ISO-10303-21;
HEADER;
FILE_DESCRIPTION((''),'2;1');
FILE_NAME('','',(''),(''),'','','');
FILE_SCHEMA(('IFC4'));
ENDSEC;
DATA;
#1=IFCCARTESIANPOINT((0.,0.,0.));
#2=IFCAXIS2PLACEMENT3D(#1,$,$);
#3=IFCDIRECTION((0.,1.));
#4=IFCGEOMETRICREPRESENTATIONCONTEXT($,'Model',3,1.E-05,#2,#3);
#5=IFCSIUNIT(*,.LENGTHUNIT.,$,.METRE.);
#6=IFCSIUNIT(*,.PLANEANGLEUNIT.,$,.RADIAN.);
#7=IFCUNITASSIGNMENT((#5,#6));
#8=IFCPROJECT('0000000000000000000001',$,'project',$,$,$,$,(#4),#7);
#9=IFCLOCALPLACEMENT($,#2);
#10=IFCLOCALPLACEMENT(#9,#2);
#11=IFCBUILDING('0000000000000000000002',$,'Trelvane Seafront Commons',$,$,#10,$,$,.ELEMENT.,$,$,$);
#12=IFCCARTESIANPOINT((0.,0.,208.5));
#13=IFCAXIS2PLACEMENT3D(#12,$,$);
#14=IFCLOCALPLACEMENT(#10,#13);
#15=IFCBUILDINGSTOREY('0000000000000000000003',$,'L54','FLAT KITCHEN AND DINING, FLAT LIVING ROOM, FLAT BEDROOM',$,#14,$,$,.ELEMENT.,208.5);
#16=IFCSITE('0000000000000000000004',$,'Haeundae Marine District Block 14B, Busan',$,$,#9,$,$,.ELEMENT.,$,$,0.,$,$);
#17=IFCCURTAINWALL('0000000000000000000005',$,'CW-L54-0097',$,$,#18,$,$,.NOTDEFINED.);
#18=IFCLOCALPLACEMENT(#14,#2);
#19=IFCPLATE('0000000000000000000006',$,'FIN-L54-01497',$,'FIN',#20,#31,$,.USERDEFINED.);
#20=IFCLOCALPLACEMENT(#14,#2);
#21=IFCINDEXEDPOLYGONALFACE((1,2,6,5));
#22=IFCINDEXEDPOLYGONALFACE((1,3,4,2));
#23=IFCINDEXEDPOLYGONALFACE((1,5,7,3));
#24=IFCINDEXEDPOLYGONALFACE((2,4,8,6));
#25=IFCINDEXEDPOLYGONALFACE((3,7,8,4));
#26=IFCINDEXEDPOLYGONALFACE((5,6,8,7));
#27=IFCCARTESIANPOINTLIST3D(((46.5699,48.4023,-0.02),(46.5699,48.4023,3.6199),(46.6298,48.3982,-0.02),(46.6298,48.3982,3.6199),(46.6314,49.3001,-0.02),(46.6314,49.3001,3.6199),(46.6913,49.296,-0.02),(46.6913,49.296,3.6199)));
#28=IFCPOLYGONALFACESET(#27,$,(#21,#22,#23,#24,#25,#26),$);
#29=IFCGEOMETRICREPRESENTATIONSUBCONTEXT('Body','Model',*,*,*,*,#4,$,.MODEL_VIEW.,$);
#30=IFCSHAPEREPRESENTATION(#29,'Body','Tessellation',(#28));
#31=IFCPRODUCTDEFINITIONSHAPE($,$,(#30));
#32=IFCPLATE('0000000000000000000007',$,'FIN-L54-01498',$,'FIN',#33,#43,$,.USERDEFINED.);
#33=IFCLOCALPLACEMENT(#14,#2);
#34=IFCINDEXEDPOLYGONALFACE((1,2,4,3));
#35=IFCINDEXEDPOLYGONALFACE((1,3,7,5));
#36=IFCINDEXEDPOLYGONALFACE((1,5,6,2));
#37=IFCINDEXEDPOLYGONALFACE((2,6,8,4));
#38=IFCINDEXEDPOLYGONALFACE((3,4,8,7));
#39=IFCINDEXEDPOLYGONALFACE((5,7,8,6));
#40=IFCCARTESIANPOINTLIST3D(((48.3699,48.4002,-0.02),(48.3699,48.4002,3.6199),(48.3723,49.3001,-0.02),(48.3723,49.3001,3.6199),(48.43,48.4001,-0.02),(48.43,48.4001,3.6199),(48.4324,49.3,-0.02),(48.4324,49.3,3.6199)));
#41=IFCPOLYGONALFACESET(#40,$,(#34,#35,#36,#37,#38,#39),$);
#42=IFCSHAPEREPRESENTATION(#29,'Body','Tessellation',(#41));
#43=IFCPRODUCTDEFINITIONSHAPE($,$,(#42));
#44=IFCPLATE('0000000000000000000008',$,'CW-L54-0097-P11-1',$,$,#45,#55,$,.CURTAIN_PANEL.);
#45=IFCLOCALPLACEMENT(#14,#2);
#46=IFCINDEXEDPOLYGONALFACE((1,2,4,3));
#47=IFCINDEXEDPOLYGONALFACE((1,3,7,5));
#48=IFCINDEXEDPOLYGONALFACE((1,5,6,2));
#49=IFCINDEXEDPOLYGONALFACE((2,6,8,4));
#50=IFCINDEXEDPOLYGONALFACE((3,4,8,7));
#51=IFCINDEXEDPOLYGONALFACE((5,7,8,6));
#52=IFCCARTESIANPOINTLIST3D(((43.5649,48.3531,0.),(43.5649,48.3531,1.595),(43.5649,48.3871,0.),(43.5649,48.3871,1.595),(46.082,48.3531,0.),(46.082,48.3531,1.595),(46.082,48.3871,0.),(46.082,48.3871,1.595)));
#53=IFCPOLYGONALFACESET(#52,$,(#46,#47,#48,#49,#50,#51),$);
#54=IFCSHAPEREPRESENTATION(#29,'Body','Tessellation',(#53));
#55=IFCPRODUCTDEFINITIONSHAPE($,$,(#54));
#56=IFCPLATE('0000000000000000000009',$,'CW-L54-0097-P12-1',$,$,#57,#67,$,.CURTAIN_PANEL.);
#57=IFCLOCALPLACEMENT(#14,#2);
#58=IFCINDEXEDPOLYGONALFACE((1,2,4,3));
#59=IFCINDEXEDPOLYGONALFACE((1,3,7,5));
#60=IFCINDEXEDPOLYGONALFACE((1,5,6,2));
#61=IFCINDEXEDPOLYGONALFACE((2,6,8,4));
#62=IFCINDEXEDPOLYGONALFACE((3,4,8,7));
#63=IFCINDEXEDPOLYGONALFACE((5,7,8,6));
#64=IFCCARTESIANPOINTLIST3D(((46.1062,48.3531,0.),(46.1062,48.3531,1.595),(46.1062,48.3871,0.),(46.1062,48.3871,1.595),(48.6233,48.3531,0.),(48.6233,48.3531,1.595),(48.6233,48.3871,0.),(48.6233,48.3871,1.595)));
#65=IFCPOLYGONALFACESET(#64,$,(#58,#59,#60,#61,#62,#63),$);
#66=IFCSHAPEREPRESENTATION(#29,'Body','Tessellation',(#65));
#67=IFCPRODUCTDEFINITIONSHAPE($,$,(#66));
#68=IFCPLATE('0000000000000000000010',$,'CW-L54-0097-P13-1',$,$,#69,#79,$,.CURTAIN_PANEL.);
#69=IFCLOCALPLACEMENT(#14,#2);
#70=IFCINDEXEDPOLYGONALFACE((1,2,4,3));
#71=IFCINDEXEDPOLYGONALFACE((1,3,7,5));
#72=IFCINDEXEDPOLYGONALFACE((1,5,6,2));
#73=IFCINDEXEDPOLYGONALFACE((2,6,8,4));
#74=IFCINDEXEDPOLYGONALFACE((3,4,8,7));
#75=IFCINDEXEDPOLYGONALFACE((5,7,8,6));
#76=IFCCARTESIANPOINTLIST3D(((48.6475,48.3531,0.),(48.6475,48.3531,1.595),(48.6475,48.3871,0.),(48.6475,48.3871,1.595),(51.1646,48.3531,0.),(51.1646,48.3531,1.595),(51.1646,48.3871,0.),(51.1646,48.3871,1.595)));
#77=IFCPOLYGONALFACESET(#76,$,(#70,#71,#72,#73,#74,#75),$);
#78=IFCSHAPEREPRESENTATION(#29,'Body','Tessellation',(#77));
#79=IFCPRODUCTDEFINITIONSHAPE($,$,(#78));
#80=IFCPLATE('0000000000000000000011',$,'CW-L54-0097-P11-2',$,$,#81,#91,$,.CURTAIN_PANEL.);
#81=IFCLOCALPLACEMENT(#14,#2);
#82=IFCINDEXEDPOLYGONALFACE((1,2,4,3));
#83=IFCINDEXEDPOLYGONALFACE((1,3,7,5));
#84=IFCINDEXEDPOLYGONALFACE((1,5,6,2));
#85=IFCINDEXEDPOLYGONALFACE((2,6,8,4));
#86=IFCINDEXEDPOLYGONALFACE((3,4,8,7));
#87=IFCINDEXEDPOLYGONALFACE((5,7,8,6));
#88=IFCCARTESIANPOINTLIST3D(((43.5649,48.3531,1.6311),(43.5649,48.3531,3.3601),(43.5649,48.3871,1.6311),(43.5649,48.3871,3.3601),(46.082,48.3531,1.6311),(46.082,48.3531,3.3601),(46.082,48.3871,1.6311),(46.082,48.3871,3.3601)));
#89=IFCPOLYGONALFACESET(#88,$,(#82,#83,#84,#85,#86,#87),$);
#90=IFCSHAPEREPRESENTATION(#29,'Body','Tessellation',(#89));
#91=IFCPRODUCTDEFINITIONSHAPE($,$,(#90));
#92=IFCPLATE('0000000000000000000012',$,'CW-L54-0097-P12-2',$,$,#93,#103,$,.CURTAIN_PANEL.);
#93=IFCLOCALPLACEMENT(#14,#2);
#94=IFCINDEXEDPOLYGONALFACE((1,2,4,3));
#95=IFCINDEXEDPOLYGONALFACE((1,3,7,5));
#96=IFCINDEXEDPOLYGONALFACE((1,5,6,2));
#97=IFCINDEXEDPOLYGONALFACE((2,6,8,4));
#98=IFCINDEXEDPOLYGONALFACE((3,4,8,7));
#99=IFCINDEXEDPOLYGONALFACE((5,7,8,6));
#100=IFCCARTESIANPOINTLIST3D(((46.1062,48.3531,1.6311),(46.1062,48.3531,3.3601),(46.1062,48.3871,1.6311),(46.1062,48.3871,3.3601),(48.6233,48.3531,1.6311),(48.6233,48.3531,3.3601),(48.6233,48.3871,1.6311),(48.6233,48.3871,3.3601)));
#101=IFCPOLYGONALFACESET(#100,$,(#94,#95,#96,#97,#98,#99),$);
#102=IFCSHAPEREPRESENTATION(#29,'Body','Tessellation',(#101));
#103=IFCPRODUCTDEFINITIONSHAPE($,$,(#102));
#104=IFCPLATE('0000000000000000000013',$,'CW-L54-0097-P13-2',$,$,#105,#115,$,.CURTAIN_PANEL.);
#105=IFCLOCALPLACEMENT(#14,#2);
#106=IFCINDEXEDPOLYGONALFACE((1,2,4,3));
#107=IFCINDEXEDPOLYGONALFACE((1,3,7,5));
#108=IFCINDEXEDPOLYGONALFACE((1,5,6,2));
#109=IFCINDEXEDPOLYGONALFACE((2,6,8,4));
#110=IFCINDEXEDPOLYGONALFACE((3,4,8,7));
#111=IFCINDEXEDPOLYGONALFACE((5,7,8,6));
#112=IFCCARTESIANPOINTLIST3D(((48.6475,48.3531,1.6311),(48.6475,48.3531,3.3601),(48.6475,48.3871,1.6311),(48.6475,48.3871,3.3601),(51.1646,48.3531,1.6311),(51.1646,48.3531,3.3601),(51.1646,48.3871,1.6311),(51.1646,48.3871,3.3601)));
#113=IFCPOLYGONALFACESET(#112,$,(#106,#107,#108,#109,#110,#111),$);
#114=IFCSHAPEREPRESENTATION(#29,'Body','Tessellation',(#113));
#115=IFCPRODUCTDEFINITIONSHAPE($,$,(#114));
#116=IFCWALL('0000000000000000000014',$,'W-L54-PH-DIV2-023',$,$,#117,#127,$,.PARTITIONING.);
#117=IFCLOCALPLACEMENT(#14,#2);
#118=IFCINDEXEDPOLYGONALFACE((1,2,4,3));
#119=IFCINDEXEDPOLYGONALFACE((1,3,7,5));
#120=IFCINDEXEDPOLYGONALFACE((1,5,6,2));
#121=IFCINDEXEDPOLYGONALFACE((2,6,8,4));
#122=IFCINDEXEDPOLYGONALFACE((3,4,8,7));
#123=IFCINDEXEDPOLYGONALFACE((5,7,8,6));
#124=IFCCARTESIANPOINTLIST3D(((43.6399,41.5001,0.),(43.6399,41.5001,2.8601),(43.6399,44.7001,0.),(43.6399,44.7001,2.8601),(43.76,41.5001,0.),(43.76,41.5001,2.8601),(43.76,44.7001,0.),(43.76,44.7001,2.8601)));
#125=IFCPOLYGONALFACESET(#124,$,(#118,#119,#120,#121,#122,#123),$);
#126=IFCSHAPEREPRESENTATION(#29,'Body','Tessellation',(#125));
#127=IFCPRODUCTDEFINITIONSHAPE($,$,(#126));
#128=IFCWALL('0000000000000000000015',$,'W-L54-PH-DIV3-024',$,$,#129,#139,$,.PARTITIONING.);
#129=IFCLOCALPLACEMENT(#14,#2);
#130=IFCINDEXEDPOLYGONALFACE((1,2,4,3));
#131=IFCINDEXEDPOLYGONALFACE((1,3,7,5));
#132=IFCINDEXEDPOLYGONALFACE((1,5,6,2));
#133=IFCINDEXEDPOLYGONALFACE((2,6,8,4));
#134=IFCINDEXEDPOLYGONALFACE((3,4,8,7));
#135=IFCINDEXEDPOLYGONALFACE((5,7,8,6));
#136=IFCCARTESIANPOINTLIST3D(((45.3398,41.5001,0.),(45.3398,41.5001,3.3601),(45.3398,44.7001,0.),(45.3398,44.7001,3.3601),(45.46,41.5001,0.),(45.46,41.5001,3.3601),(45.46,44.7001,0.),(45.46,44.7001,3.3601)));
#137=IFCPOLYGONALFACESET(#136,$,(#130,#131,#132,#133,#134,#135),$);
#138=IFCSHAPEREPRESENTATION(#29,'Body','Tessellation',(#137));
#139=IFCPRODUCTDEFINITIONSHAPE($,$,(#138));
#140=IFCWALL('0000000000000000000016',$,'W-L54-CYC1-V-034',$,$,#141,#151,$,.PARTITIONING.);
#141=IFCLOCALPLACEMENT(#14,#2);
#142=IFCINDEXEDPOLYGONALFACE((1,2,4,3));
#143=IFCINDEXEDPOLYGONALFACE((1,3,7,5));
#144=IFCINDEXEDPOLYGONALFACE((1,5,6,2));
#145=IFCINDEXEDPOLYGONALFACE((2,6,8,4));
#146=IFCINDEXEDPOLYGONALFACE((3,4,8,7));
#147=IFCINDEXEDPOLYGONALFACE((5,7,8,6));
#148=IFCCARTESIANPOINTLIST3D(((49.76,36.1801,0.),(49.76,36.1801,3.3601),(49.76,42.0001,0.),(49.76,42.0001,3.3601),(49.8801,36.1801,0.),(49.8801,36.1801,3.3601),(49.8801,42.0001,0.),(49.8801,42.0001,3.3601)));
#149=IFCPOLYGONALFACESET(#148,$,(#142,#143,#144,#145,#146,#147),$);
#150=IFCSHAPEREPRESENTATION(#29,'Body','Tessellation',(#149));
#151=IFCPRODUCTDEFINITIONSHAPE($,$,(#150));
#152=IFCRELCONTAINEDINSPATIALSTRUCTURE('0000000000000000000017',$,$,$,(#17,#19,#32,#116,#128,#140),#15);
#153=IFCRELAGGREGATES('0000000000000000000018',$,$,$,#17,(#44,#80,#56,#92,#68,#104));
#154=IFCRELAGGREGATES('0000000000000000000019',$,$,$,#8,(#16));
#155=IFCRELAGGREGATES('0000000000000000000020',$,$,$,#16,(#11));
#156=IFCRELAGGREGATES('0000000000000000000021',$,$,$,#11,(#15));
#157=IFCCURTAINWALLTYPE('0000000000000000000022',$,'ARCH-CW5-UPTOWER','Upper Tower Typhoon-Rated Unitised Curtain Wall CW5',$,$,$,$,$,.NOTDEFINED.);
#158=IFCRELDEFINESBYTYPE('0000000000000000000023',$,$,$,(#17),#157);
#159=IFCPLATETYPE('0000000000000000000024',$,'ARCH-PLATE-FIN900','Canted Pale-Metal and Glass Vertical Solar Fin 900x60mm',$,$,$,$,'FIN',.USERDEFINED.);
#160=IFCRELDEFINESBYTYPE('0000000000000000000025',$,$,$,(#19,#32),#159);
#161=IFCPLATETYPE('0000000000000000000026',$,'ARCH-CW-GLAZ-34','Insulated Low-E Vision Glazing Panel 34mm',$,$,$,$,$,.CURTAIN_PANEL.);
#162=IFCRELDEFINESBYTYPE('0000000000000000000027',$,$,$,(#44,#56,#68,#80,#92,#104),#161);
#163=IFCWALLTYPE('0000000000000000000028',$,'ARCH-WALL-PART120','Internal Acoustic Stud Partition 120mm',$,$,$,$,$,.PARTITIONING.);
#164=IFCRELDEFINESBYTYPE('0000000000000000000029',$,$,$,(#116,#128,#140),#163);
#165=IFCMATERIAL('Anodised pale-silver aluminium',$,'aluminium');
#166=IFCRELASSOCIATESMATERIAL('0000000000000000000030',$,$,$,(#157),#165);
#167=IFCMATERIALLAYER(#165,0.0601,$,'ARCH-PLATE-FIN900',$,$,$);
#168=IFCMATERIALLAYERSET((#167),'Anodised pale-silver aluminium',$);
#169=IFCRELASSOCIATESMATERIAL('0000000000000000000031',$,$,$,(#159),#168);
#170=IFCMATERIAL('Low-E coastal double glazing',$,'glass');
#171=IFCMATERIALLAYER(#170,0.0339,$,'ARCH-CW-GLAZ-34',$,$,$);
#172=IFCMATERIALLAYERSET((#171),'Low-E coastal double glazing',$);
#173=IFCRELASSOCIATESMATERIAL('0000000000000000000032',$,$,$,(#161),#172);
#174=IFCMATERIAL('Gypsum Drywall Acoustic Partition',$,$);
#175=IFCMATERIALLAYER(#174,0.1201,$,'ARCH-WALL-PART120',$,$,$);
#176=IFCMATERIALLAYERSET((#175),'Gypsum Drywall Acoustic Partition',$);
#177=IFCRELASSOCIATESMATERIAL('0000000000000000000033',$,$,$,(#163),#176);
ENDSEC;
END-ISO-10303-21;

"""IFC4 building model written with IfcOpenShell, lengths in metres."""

from ifc_helpers import new_model, si_unit, direction, frame, frame_2d, origin, origin_2d, place, context, subcontext, project, spatial, rectangle, extrude, source, transform, mapped, material, layer, layer_set, type_object, element, aggregate, save


model = new_model("IFC4")

# Units and contexts
model_context = context("Model", 3, precision=1e-05, world=origin(), true_north=direction((0.0, 1.0)))
body_context = subcontext(model_context, "Body", "Model", "MODEL_VIEW")
ifc_project = project(units=[si_unit("LENGTHUNIT", "METRE"), si_unit("PLANEANGLEUNIT", "RADIAN")], contexts=[model_context])

# Site, building, storey
site_placement = place(None, origin())
site = spatial("IfcSite", under=ifc_project, at=site_placement, Name="Haeundae Marine District Block 14B, Busan", CompositionType="ELEMENT", RefElevation=0.0)
building_placement = place(site_placement, origin())
building = spatial("IfcBuilding", under=site, at=building_placement, Name="Trelvane Seafront Commons", CompositionType="ELEMENT")
storey_placement = place(building_placement, frame((0.0, 0.0, 208.5)))
storey = spatial("IfcBuildingStorey", under=building, at=storey_placement, Name="L54", Description="FLAT KITCHEN AND DINING, FLAT LIVING ROOM, FLAT BEDROOM", CompositionType="ELEMENT", Elevation=208.5)

# Curtain wall
ifc_material_1 = material(Name="Anodised pale-silver aluminium", Category="aluminium")
curtain_wall_type = type_object("IfcCurtainWallType", Name="ARCH-CW5-UPTOWER", Description="Upper Tower Typhoon-Rated Unitised Curtain Wall CW5", PredefinedType="NOTDEFINED", material=ifc_material_1)
curtain_wall_placement = place(storey_placement, origin())
curtain_wall = element("IfcCurtainWall", 1, at=curtain_wall_placement, inside=storey, type_object=curtain_wall_type, Name="CW-L54-0097", PredefinedType="NOTDEFINED")

# Plates
ifc_layer_1 = layer(ifc_material_1, 0.0601, Name="ARCH-PLATE-FIN900")
ifc_layer_set_1 = layer_set([ifc_layer_1], Name="Anodised pale-silver aluminium")
plate_type_1 = type_object("IfcPlateType", Name="ARCH-PLATE-FIN900", Description="Canted Pale-Metal and Glass Vertical Solar Fin 900x60mm", ElementType="FIN", PredefinedType="USERDEFINED", material=ifc_layer_set_1)
shared_shape_1 = source(origin(), body_context, "Body", "SweptSolid", [
    extrude(rectangle(XDim=0.8999, YDim=0.0601, at=origin_2d()), origin(), (0.0, 0.0, 1.0), 3.6399),
])
for number, where, z_axis, x_axis, name in (
    (2, (46.6306, 48.8491, -0.02), (0.0, 0.0, 1.0), (0.068332, 0.997663, 0.0), "FIN-L54-01497"),
    (3, (48.4011, 48.8501, -0.02), (0.0, 0.0, 1.0), (0.002667, 0.999996, 0.0), "FIN-L54-01498"),
):
    element("IfcPlate", number, at=place(storey_placement, frame(where, z_axis=z_axis, x_axis=x_axis)), inside=storey, type_object=plate_type_1, Name=name, ObjectType="FIN", PredefinedType="USERDEFINED", context=body_context, shape_type="MappedRepresentation", body=[
        mapped(shared_shape_1, transform((0.0, 0.0, 0.0), x_axis=(1.0, 0.0, 0.0), y_axis=(0.0, 1.0, 0.0), z_axis=(0.0, 0.0, 1.0), scale=1.0)),
    ])

# Plates
ifc_material_2 = material(Name="Low-E coastal double glazing", Category="glass")
ifc_layer_2 = layer(ifc_material_2, 0.0339, Name="ARCH-CW-GLAZ-34")
ifc_layer_set_2 = layer_set([ifc_layer_2], Name="Low-E coastal double glazing")
plate_type_2 = type_object("IfcPlateType", Name="ARCH-CW-GLAZ-34", Description="Insulated Low-E Vision Glazing Panel 34mm", PredefinedType="CURTAIN_PANEL", material=ifc_layer_set_2)
shared_shape_2 = source(origin(), body_context, "Body", "SweptSolid", [
    extrude(rectangle(XDim=2.5171, YDim=0.0339, at=origin_2d()), origin(), (0.0, 0.0, 1.0), 1.595),
])
plate_1_placement = place(storey_placement, frame((44.8235, 48.3701, 0.0), z_axis=(0.0, 0.0, 1.0), x_axis=(1.0, 0.0, 0.0)))
plate_1 = element("IfcPlate", 4, at=plate_1_placement, type_object=plate_type_2, Name="CW-L54-0097-P11-1", PredefinedType="CURTAIN_PANEL", context=body_context, shape_type="MappedRepresentation", body=[
    mapped(shared_shape_2, transform((0.0, 0.0, 0.0), x_axis=(1.0, 0.0, 0.0), y_axis=(0.0, 1.0, 0.0), z_axis=(0.0, 0.0, 1.0), scale=1.0)),
])
plate_2_placement = place(storey_placement, frame((47.3647, 48.3701, 0.0), z_axis=(0.0, 0.0, 1.0), x_axis=(1.0, 0.0, 0.0)))
plate_2 = element("IfcPlate", 5, at=plate_2_placement, type_object=plate_type_2, Name="CW-L54-0097-P12-1", PredefinedType="CURTAIN_PANEL", context=body_context, shape_type="MappedRepresentation", body=[
    mapped(shared_shape_2, transform((0.0, 0.0, 0.0), x_axis=(1.0, 0.0, 0.0), y_axis=(0.0, 1.0, 0.0), z_axis=(0.0, 0.0, 1.0), scale=1.0)),
])
plate_3_placement = place(storey_placement, frame((49.906, 48.3701, 0.0), z_axis=(0.0, 0.0, 1.0), x_axis=(1.0, 0.0, 0.0)))
plate_3 = element("IfcPlate", 6, at=plate_3_placement, type_object=plate_type_2, Name="CW-L54-0097-P13-1", PredefinedType="CURTAIN_PANEL", context=body_context, shape_type="MappedRepresentation", body=[
    mapped(shared_shape_2, transform((0.0, 0.0, 0.0), x_axis=(1.0, 0.0, 0.0), y_axis=(0.0, 1.0, 0.0), z_axis=(0.0, 0.0, 1.0), scale=1.0)),
])
shared_shape_3 = source(origin(), body_context, "Body", "SweptSolid", [
    extrude(rectangle(XDim=2.5171, YDim=0.0339, at=origin_2d()), origin(), (0.0, 0.0, 1.0), 1.729),
])
plate_4_placement = place(storey_placement, frame((44.8235, 48.3701, 1.6311), z_axis=(0.0, 0.0, 1.0), x_axis=(1.0, 0.0, 0.0)))
plate_4 = element("IfcPlate", 7, at=plate_4_placement, type_object=plate_type_2, Name="CW-L54-0097-P11-2", PredefinedType="CURTAIN_PANEL", context=body_context, shape_type="MappedRepresentation", body=[
    mapped(shared_shape_3, transform((0.0, 0.0, 0.0), x_axis=(1.0, 0.0, 0.0), y_axis=(0.0, 1.0, 0.0), z_axis=(0.0, 0.0, 1.0), scale=1.0)),
])
plate_5_placement = place(storey_placement, frame((47.3647, 48.3701, 1.6311), z_axis=(0.0, 0.0, 1.0), x_axis=(1.0, 0.0, 0.0)))
plate_5 = element("IfcPlate", 8, at=plate_5_placement, type_object=plate_type_2, Name="CW-L54-0097-P12-2", PredefinedType="CURTAIN_PANEL", context=body_context, shape_type="MappedRepresentation", body=[
    mapped(shared_shape_3, transform((0.0, 0.0, 0.0), x_axis=(1.0, 0.0, 0.0), y_axis=(0.0, 1.0, 0.0), z_axis=(0.0, 0.0, 1.0), scale=1.0)),
])
plate_6_placement = place(storey_placement, frame((49.906, 48.3701, 1.6311), z_axis=(0.0, 0.0, 1.0), x_axis=(1.0, 0.0, 0.0)))
plate_6 = element("IfcPlate", 9, at=plate_6_placement, type_object=plate_type_2, Name="CW-L54-0097-P13-2", PredefinedType="CURTAIN_PANEL", context=body_context, shape_type="MappedRepresentation", body=[
    mapped(shared_shape_3, transform((0.0, 0.0, 0.0), x_axis=(1.0, 0.0, 0.0), y_axis=(0.0, 1.0, 0.0), z_axis=(0.0, 0.0, 1.0), scale=1.0)),
])
aggregate(curtain_wall, [plate_1, plate_4, plate_2, plate_5, plate_3, plate_6])

# Walls
ifc_material_3 = material(Name="Gypsum Drywall Acoustic Partition")
ifc_layer_3 = layer(ifc_material_3, 0.1201, Name="ARCH-WALL-PART120")
ifc_layer_set_3 = layer_set([ifc_layer_3], Name="Gypsum Drywall Acoustic Partition")
wall_type_1 = type_object("IfcWallType", Name="ARCH-WALL-PART120", Description="Internal Acoustic Stud Partition 120mm", PredefinedType="PARTITIONING", material=ifc_layer_set_3)
wall_1_placement = place(storey_placement, frame((43.7, 41.5, 0.0), z_axis=(0.0, 0.0, 1.0), x_axis=(0.0, 1.0, 0.0)))
element("IfcWall", 10, at=wall_1_placement, inside=storey, type_object=wall_type_1, Name="W-L54-PH-DIV2-023", PredefinedType="PARTITIONING", context=body_context, shape_type="SweptSolid", body=[
    extrude(rectangle(XDim=3.2, YDim=0.1201, at=frame_2d((1.6001, 0.0))), origin(), (0.0, 0.0, 1.0), 2.8601),
])
wall_2_placement = place(storey_placement, frame((45.3999, 41.5, 0.0), z_axis=(0.0, 0.0, 1.0), x_axis=(0.0, 1.0, 0.0)))
element("IfcWall", 11, at=wall_2_placement, inside=storey, type_object=wall_type_1, Name="W-L54-PH-DIV3-024", PredefinedType="PARTITIONING", context=body_context, shape_type="SweptSolid", body=[
    extrude(rectangle(XDim=3.2, YDim=0.1201, at=frame_2d((1.6001, 0.0))), origin(), (0.0, 0.0, 1.0), 3.3601),
])

# Wall
wall_3_placement = place(storey_placement, frame((49.8201, 36.1799, 0.0), z_axis=(0.0, 0.0, 1.0), x_axis=(0.0, 1.0, 0.0)))
element("IfcWall", 12, at=wall_3_placement, inside=storey, type_object=wall_type_1, Name="W-L54-CYC1-V-034", PredefinedType="PARTITIONING", context=body_context, shape_type="SweptSolid", body=[
    extrude(rectangle(XDim=5.8201, YDim=0.1201, at=frame_2d((2.9102, 0.0))), origin(), (0.0, 0.0, 1.0), 3.3601),
])

save(model, "model.ifc")
